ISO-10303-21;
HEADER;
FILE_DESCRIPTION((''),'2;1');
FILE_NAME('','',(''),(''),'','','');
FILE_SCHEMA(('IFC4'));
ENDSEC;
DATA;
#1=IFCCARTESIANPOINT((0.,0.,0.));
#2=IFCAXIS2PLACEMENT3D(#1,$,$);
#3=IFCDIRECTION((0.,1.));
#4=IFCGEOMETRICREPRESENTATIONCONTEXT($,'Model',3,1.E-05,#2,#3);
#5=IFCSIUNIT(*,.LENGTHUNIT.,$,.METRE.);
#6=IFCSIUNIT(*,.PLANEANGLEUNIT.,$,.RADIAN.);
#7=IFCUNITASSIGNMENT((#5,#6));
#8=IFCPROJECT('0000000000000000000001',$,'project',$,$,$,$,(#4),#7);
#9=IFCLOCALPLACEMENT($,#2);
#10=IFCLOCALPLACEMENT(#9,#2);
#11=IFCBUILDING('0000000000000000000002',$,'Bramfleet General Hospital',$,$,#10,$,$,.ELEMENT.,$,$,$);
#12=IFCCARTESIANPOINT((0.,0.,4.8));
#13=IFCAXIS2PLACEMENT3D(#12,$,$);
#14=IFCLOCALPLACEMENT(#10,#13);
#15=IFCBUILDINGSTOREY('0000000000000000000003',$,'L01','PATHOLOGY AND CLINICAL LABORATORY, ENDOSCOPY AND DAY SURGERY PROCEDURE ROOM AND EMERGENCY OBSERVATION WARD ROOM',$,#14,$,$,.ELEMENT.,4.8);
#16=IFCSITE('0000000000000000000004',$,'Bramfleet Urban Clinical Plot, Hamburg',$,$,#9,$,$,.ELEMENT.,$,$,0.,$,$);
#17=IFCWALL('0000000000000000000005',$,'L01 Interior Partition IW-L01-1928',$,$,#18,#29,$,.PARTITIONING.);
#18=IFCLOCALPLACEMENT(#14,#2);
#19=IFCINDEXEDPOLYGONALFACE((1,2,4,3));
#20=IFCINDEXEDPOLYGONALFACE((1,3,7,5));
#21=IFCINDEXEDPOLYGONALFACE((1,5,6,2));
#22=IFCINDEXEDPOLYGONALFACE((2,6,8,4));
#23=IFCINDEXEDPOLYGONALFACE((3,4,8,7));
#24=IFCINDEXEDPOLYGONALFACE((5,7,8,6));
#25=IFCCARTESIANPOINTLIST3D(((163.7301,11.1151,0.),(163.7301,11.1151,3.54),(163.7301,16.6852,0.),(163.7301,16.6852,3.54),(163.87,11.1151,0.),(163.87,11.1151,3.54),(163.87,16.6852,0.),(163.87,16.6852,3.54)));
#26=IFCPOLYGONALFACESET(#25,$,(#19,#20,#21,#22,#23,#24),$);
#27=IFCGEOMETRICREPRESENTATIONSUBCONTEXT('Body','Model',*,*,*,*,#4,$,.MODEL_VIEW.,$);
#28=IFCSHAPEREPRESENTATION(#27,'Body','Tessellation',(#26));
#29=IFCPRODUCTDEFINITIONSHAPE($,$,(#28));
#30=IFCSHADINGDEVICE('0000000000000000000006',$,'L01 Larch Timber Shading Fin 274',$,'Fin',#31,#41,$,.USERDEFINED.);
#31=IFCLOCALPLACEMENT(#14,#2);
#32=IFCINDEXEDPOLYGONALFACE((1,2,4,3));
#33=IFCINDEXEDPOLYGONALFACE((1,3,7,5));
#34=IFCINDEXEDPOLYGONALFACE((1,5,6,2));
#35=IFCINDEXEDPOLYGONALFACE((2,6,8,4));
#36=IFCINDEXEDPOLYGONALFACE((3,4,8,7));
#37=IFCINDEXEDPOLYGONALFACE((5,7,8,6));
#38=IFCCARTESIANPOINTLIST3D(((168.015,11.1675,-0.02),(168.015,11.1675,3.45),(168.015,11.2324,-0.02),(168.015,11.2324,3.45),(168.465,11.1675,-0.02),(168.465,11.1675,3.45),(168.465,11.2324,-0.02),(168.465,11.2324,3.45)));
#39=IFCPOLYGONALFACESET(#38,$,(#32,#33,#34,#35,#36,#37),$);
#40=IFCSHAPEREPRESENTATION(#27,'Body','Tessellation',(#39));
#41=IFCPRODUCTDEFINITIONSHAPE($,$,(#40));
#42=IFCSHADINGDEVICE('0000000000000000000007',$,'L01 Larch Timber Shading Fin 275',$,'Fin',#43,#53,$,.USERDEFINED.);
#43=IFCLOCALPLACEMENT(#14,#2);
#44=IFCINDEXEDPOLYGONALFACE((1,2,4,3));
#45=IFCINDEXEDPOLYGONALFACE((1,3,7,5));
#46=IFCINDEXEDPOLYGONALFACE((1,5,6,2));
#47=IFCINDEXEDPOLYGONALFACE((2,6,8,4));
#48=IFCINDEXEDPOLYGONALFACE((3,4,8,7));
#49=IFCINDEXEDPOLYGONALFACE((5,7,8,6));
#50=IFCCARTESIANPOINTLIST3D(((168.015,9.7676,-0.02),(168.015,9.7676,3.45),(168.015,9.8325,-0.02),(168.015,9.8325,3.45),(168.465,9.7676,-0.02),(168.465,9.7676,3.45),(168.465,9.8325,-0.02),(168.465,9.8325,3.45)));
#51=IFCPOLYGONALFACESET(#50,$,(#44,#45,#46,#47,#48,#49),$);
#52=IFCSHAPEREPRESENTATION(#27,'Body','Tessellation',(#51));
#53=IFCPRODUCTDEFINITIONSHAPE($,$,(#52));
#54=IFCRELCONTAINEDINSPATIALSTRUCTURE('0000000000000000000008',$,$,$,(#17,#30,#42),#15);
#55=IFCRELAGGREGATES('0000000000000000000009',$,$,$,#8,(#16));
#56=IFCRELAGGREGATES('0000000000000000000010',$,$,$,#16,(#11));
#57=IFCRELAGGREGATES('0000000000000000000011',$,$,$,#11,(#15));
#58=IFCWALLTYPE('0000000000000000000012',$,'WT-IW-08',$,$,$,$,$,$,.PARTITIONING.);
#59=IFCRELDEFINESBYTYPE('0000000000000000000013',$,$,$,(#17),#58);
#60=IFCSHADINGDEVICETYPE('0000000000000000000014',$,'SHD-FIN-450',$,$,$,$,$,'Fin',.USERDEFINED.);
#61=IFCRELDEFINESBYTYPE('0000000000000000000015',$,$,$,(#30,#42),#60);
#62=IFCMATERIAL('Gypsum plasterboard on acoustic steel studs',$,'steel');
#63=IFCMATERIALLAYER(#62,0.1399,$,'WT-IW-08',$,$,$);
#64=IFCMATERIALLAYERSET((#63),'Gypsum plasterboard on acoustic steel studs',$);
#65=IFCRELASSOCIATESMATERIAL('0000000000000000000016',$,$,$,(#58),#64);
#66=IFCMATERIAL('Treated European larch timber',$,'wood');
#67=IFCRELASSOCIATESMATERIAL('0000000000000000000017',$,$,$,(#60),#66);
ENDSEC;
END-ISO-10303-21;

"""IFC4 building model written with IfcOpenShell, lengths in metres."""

from ifc_helpers import new_model, si_unit, direction, frame, frame_2d, origin, origin_2d, place, context, subcontext, project, spatial, rectangle, extrude, material, layer, layer_set, material_profile, profile_set, type_object, element, save


model = new_model("IFC4")

# Units and contexts
model_context = context("Model", 3, precision=1e-05, world=origin(), true_north=direction((0.0, 1.0)))
body_context = subcontext(model_context, "Body", "Model", "MODEL_VIEW")
ifc_project = project(units=[si_unit("LENGTHUNIT", "METRE"), si_unit("PLANEANGLEUNIT", "RADIAN")], contexts=[model_context])

# Site, building, storey
site_placement = place(None, origin())
site = spatial("IfcSite", under=ifc_project, at=site_placement, Name="Bramfleet Urban Clinical Plot, Hamburg", CompositionType="ELEMENT", RefElevation=0.0)
building_placement = place(site_placement, origin())
building = spatial("IfcBuilding", under=site, at=building_placement, Name="Bramfleet General Hospital", CompositionType="ELEMENT")
storey_placement = place(building_placement, frame((0.0, 0.0, 4.8)))
storey = spatial("IfcBuildingStorey", under=building, at=storey_placement, Name="L01", Description="PATHOLOGY AND CLINICAL LABORATORY, ENDOSCOPY AND DAY SURGERY PROCEDURE ROOM AND EMERGENCY OBSERVATION WARD ROOM", CompositionType="ELEMENT", Elevation=4.8)

# Wall
ifc_material_1 = material(Name="Gypsum plasterboard on acoustic steel studs", Category="steel")
ifc_layer_1 = layer(ifc_material_1, 0.1399, Name="WT-IW-08")
ifc_layer_set_1 = layer_set([ifc_layer_1], Name="Gypsum plasterboard on acoustic steel studs")
wall_type_1 = type_object("IfcWallType", Name="WT-IW-08", PredefinedType="PARTITIONING", material=ifc_layer_set_1)
wall_1_placement = place(storey_placement, frame((163.8, 11.115, 0.0), z_axis=(0.0, 0.0, 1.0), x_axis=(0.0, 1.0, 0.0)))
element("IfcWall", 1, at=wall_1_placement, inside=storey, type_object=wall_type_1, Name="L01 Interior Partition IW-L01-1928", PredefinedType="PARTITIONING", context=body_context, shape_type="SweptSolid", body=[
    extrude(rectangle(XDim=5.5701, YDim=0.1399, at=frame_2d((2.7852, 0.0))), origin(), (0.0, 0.0, 1.0), 3.54),
])

# Shading devices
ifc_material_2 = material(Name="Treated European larch timber", Category="wood")
ifc_material_profile_1 = material_profile(ifc_material_2, rectangle(XDim=0.0649, YDim=0.45, at=origin_2d()), Name="LARCH FIN 450x65")
ifc_profile_set_1 = profile_set([ifc_material_profile_1], Name="Treated European larch timber")
shading_device_type = type_object("IfcShadingDeviceType", Name="SHD-FIN-450", ElementType="Fin", PredefinedType="USERDEFINED", material=ifc_profile_set_1)
for number, where, z_axis, x_axis, name in (
    (2, (168.24, 11.2, -0.02), (0.0, 0.0, 1.0), (0.0, -1.0, 0.0), "L01 Larch Timber Shading Fin 274"),
    (3, (168.24, 9.8, -0.02), (0.0, 0.0, 1.0), (0.0, -1.0, 0.0), "L01 Larch Timber Shading Fin 275"),
):
    element("IfcShadingDevice", number, at=place(storey_placement, frame(where, z_axis=z_axis, x_axis=x_axis)), inside=storey, type_object=shading_device_type, Name=name, ObjectType="Fin", PredefinedType="USERDEFINED", context=body_context, shape_type="SweptSolid", body=[
        extrude(rectangle(XDim=0.0649, YDim=0.45, at=origin_2d()), origin(), (0.0, 0.0, 1.0), 3.47),
    ])

save(model, "model.ifc")
